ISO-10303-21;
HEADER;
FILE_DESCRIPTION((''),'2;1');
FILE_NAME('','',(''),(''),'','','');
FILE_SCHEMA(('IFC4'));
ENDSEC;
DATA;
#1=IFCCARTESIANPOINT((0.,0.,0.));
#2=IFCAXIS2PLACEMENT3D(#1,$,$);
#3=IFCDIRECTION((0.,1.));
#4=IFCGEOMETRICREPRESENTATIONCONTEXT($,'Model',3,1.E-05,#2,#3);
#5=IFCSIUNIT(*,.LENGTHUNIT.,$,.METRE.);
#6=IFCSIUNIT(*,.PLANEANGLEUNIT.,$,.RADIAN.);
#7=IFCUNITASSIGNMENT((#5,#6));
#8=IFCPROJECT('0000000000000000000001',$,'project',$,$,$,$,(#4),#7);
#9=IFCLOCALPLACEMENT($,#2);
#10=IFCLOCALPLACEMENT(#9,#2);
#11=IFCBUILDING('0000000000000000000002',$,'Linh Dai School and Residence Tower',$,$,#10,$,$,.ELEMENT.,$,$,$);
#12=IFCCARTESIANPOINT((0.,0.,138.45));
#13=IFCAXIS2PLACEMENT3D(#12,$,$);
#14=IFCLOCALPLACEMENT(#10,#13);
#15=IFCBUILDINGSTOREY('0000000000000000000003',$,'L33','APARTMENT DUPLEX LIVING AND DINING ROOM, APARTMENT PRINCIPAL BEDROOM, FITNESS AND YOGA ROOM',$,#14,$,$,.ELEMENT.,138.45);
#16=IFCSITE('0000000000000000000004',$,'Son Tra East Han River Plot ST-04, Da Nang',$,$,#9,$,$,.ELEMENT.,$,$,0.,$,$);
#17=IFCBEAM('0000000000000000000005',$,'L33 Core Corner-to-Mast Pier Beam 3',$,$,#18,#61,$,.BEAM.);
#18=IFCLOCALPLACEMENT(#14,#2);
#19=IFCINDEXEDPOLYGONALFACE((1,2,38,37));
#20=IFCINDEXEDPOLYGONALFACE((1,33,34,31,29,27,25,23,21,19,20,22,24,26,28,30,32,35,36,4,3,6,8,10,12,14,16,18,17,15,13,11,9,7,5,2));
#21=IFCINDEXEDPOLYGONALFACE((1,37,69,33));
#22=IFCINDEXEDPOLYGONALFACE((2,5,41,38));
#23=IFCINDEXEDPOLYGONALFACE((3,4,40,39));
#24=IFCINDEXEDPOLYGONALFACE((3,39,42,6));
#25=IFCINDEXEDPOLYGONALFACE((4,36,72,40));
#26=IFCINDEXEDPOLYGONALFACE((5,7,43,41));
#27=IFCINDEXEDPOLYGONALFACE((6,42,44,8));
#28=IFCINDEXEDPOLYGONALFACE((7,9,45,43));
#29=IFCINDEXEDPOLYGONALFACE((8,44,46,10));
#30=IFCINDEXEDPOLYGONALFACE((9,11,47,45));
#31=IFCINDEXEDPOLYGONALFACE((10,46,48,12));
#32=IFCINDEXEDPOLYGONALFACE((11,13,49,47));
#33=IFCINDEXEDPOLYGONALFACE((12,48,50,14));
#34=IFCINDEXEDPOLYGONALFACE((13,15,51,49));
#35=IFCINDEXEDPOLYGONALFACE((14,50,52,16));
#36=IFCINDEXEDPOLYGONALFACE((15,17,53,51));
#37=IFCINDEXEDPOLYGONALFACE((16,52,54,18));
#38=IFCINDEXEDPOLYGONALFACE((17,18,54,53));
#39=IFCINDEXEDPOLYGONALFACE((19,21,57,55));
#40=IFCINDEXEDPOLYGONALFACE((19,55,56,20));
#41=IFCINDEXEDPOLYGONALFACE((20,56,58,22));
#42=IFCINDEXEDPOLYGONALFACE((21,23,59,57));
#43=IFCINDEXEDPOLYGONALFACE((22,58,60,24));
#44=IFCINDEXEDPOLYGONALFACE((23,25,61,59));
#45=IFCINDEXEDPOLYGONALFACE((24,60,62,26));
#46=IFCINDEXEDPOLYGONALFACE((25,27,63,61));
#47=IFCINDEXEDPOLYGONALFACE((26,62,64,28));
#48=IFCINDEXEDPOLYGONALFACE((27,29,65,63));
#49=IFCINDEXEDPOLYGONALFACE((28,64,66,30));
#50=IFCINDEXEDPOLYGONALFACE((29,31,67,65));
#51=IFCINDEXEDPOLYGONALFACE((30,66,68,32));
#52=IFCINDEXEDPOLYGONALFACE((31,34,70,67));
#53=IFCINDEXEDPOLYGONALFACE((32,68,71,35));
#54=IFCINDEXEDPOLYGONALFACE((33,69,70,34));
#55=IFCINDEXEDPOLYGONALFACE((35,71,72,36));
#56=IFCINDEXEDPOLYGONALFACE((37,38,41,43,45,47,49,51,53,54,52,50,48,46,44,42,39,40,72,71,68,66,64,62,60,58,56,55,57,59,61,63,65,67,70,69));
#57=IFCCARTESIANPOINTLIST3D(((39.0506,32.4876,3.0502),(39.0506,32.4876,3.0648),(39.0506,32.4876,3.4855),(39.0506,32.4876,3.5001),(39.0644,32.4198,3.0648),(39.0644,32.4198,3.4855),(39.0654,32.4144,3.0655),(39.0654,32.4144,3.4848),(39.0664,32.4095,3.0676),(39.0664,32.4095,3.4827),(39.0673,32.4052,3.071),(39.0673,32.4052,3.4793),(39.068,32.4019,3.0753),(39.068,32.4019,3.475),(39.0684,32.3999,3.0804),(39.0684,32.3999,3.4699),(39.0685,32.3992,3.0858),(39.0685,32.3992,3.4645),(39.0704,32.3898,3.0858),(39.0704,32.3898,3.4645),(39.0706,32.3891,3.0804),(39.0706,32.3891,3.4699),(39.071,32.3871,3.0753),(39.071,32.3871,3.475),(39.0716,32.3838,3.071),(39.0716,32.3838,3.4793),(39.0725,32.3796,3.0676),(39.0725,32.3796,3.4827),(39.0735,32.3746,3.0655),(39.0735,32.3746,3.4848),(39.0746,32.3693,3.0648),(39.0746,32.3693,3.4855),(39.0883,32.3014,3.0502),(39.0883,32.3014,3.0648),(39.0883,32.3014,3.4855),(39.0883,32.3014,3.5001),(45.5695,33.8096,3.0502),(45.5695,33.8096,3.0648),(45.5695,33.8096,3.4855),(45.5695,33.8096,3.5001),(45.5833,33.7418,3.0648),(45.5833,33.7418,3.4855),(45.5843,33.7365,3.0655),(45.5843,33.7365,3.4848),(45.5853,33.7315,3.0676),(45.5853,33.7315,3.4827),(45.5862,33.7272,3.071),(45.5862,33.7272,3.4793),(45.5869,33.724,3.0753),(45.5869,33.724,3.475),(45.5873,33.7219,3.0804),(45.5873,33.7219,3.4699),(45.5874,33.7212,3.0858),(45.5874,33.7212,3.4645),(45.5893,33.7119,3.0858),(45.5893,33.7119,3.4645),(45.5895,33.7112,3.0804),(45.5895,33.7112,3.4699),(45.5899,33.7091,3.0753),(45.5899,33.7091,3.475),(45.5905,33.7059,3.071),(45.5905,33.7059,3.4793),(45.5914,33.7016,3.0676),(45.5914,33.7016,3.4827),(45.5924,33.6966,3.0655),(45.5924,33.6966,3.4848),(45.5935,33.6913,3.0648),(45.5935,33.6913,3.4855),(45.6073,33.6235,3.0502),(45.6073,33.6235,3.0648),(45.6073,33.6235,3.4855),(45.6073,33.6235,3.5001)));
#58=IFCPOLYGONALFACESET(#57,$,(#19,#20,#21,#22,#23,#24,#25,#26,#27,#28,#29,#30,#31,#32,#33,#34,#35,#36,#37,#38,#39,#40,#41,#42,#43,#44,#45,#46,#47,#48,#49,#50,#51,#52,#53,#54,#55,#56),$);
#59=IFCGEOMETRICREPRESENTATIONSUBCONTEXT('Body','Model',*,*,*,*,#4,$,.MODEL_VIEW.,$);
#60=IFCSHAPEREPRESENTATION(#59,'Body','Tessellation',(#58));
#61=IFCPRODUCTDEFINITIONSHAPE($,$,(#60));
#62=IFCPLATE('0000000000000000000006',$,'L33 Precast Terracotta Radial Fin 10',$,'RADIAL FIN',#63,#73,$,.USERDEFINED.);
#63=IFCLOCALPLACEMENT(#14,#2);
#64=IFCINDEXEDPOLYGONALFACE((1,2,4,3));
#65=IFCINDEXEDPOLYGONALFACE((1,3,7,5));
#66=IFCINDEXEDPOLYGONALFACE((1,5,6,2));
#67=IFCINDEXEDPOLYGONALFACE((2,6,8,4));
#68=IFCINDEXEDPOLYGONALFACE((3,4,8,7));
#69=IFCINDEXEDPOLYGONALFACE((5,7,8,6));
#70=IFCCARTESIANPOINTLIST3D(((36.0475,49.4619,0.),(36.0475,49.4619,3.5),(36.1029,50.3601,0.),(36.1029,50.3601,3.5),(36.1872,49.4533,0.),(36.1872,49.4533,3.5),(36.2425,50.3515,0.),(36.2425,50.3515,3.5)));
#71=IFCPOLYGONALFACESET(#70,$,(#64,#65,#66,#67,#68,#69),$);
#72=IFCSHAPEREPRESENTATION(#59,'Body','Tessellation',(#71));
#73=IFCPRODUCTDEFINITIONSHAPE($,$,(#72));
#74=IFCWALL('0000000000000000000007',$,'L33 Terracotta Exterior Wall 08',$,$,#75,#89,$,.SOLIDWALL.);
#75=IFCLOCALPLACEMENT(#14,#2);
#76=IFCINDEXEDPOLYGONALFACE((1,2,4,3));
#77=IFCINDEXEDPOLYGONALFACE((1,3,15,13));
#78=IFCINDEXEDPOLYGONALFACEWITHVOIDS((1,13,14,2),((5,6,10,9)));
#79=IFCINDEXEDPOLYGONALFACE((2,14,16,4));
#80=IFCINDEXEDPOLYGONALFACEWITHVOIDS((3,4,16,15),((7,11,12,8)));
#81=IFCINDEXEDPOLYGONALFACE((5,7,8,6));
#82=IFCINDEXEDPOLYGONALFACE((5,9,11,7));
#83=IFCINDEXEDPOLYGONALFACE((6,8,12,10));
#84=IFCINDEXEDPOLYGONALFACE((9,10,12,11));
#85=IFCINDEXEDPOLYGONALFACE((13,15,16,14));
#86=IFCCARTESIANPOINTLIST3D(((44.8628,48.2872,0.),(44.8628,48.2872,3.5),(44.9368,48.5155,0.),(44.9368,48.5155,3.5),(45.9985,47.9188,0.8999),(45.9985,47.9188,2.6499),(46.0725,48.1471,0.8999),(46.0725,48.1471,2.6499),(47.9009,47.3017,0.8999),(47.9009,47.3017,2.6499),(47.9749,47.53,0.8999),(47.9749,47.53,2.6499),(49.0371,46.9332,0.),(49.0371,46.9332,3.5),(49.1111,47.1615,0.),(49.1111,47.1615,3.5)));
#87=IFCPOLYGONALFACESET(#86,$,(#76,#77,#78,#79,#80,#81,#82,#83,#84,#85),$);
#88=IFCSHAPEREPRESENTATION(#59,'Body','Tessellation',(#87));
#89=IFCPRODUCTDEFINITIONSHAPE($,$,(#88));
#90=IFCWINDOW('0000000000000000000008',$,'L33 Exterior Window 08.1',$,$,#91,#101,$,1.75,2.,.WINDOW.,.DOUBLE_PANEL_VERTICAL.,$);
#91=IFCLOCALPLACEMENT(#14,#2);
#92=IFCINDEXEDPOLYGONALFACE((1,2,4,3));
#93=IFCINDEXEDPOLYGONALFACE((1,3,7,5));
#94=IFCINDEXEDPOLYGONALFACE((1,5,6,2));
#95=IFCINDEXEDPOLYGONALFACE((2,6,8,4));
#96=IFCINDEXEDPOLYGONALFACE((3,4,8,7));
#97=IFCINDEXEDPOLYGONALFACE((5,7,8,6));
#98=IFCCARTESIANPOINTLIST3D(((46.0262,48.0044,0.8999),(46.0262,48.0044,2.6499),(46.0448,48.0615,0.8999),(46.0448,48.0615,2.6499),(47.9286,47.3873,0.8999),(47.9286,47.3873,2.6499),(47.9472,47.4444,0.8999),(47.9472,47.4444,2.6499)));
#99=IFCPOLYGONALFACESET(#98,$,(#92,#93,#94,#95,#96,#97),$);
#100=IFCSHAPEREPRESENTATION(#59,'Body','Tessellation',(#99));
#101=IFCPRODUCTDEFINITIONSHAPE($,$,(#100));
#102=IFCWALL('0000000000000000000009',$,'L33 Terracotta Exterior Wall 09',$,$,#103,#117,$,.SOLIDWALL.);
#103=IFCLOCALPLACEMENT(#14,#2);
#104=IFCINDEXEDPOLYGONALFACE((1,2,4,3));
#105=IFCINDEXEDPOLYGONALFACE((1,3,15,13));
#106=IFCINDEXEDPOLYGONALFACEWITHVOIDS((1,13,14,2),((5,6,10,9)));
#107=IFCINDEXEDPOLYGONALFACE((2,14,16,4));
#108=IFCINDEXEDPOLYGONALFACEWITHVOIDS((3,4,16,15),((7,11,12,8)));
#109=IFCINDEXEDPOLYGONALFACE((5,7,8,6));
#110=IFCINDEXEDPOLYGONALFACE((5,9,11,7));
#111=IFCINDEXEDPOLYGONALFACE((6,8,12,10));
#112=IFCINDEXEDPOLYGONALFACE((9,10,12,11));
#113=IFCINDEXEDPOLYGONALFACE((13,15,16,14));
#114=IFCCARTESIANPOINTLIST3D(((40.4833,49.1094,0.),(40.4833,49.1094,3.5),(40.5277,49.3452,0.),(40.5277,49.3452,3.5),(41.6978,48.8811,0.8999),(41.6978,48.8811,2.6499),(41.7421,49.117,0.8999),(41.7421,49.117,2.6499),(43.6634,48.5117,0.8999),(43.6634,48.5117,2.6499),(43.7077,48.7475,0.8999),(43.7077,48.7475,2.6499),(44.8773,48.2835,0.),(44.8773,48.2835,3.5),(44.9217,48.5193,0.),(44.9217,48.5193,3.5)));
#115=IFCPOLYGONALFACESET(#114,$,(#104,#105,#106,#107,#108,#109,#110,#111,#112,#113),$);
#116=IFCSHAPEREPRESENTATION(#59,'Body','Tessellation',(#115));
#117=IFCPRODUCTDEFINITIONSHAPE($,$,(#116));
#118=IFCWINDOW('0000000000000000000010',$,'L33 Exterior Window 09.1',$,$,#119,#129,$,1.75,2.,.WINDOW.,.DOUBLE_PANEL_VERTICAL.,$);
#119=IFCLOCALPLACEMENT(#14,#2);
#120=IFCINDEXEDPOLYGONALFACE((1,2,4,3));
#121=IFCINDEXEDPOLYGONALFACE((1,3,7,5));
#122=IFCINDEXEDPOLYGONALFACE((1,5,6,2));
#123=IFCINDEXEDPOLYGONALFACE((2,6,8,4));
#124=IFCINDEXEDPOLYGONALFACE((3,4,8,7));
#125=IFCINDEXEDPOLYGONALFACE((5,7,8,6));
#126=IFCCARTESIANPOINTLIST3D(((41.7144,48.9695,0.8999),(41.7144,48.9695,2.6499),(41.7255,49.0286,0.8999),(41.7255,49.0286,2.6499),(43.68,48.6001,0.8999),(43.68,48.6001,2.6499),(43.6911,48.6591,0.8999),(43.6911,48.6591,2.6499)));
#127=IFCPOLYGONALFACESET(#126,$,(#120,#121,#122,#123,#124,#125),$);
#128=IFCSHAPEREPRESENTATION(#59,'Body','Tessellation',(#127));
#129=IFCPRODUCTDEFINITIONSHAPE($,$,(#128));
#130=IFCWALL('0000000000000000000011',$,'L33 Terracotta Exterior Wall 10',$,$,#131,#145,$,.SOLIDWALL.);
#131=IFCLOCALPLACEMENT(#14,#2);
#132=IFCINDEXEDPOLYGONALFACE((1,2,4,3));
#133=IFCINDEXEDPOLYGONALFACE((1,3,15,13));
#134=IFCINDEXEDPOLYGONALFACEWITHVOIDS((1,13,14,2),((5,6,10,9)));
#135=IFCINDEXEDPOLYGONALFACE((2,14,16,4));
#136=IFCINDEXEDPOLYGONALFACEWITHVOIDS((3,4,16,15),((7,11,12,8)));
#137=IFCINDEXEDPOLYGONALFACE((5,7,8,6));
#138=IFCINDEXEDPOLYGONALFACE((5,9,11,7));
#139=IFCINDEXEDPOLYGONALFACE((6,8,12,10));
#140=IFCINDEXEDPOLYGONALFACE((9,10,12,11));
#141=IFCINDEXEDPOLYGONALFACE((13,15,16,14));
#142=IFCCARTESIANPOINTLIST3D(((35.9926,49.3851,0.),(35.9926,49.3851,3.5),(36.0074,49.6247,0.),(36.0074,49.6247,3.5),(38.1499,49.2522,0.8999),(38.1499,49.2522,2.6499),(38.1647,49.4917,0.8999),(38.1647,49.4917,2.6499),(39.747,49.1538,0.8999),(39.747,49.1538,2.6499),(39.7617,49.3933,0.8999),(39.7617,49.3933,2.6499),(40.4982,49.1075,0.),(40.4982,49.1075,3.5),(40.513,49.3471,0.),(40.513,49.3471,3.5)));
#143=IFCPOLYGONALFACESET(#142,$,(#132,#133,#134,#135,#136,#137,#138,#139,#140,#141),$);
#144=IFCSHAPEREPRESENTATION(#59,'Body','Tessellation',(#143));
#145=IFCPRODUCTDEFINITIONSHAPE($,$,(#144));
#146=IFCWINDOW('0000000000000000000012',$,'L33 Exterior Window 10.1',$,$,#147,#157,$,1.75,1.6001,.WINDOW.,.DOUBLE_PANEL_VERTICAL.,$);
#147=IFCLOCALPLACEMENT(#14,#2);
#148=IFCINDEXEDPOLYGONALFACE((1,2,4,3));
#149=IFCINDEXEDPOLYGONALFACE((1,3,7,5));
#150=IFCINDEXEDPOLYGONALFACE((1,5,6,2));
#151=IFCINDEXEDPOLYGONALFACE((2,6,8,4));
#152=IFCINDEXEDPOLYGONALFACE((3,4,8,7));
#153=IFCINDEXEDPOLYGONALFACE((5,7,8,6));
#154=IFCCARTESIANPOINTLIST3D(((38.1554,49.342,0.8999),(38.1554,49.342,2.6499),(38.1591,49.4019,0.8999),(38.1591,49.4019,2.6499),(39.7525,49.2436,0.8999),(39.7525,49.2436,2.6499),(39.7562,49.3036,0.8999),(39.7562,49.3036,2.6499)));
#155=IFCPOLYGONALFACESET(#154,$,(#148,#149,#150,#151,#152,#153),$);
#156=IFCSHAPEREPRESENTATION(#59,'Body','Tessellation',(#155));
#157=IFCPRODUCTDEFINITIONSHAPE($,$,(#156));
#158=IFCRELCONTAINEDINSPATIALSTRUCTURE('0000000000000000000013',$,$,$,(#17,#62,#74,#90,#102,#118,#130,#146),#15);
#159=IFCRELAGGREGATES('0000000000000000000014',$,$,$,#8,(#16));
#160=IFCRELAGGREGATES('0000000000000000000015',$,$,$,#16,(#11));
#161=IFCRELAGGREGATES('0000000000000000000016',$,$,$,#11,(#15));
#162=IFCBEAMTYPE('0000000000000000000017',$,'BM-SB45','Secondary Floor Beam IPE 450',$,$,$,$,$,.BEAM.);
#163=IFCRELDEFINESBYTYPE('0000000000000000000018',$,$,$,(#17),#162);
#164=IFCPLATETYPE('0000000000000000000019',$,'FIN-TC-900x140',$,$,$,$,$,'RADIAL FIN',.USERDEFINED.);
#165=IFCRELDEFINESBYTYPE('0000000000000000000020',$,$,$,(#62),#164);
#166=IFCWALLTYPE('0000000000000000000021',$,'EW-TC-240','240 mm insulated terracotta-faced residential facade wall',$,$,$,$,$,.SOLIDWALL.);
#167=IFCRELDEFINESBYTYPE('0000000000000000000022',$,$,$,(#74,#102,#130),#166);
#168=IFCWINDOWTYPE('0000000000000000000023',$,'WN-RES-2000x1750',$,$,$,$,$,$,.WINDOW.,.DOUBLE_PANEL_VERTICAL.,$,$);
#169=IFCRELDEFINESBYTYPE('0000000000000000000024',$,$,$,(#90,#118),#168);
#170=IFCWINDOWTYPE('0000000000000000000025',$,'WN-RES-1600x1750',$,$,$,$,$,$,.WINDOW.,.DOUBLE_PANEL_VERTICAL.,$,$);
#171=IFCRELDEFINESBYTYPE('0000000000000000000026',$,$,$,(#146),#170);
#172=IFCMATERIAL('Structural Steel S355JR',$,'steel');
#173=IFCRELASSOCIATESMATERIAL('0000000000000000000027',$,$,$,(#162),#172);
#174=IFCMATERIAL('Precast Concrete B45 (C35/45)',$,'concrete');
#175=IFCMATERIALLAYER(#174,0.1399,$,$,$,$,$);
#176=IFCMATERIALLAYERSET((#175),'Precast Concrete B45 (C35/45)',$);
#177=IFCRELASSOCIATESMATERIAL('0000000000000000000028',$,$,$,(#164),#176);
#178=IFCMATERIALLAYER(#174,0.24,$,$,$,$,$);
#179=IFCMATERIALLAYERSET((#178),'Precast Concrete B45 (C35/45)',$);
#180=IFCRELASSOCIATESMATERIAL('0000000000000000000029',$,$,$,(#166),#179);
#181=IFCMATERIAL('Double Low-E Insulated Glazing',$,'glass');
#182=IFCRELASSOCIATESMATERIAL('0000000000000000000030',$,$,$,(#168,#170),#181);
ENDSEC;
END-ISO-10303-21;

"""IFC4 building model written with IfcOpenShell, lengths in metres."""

from ifc_helpers import new_model, si_unit, direction, frame, frame_2d, origin, origin_2d, place, context, subcontext, project, spatial, rectangle, i_section, extrude, source, transform, mapped, material, layer, layer_set, material_profile, profile_set, type_object, element, fill, save


model = new_model("IFC4")

# Units and contexts
model_context = context("Model", 3, precision=1e-05, world=origin(), true_north=direction((0.0, 1.0)))
body_context = subcontext(model_context, "Body", "Model", "MODEL_VIEW")
ifc_project = project(units=[si_unit("LENGTHUNIT", "METRE"), si_unit("PLANEANGLEUNIT", "RADIAN")], contexts=[model_context])

# Site, building, storey
site_placement = place(None, origin())
site = spatial("IfcSite", under=ifc_project, at=site_placement, Name="Son Tra East Han River Plot ST-04, Da Nang", CompositionType="ELEMENT", RefElevation=0.0)
building_placement = place(site_placement, origin())
building = spatial("IfcBuilding", under=site, at=building_placement, Name="Linh Dai School and Residence Tower", CompositionType="ELEMENT")
storey_placement = place(building_placement, frame((0.0, 0.0, 138.45)))
storey = spatial("IfcBuildingStorey", under=building, at=storey_placement, Name="L33", Description="APARTMENT DUPLEX LIVING AND DINING ROOM, APARTMENT PRINCIPAL BEDROOM, FITNESS AND YOGA ROOM", CompositionType="ELEMENT", Elevation=138.45)

# Beam
ifc_material_1 = material(Name="Structural Steel S355JR", Category="steel")
ifc_material_profile_1 = material_profile(ifc_material_1, i_section(OverallWidth=0.1899, OverallDepth=0.45, WebThickness=0.0095, FlangeThickness=0.0146, FilletRadius=0.021, at=origin_2d()), Name="IPE 450")
ifc_profile_set_1 = profile_set([ifc_material_profile_1], Name="Structural Steel S355JR")
beam_type_1 = type_object("IfcBeamType", Name="BM-SB45", Description="Secondary Floor Beam IPE 450", PredefinedType="BEAM", material=ifc_profile_set_1)
beam_1_placement = place(storey_placement, frame((45.5884, 33.7166, 3.2751), z_axis=(-0.980049, -0.198755, 0.0), x_axis=(0.198755, -0.980049, 0.0)))
element("IfcBeam", 1, at=beam_1_placement, inside=storey, type_object=beam_type_1, Name="L33 Core Corner-to-Mast Pier Beam 3", PredefinedType="BEAM", context=body_context, shape_type="SweptSolid", body=[
    extrude(i_section(OverallWidth=0.1899, OverallDepth=0.45, WebThickness=0.0095, FlangeThickness=0.0146, FilletRadius=0.021, at=origin_2d()), origin(), (0.0, 0.0, 1.0), 6.6516),
])

# Plate
ifc_material_2 = material(Name="Precast Concrete B45 (C35/45)", Category="concrete")
ifc_layer_1 = layer(ifc_material_2, 0.1399)
ifc_layer_set_1 = layer_set([ifc_layer_1], Name="Precast Concrete B45 (C35/45)")
plate_type = type_object("IfcPlateType", Name="FIN-TC-900x140", ElementType="RADIAL FIN", PredefinedType="USERDEFINED", material=ifc_layer_set_1)
shared_shape_1 = source(origin(), body_context, "Body", "SweptSolid", [
    extrude(rectangle(XDim=0.8999, YDim=0.1399, at=origin_2d()), origin(), (0.0, 0.0, 1.0), 3.5),
])
plate_placement = place(storey_placement, frame((36.145, 49.9067, 0.0), z_axis=(0.0, 0.0, 1.0), x_axis=(0.061509, 0.998107, 0.0)))
element("IfcPlate", 2, at=plate_placement, inside=storey, type_object=plate_type, Name="L33 Precast Terracotta Radial Fin 10", ObjectType="RADIAL FIN", PredefinedType="USERDEFINED", context=body_context, shape_type="MappedRepresentation", body=[
    mapped(shared_shape_1, transform((0.0, 0.0, 0.0), x_axis=(1.0, 0.0, 0.0), y_axis=(0.0, 1.0, 0.0), z_axis=(0.0, 0.0, 1.0), scale=1.0)),
])

# Walls, openings, windows
ifc_layer_2 = layer(ifc_material_2, 0.24)
ifc_layer_set_2 = layer_set([ifc_layer_2], Name="Precast Concrete B45 (C35/45)")
wall_type_1 = type_object("IfcWallType", Name="EW-TC-240", Description="240 mm insulated terracotta-faced residential facade wall", PredefinedType="SOLIDWALL", material=ifc_layer_set_2)
wall_1_placement = place(storey_placement, frame((44.8997, 48.4014, 0.0), z_axis=(0.0, 0.0, 1.0), x_axis=(0.951211, -0.30854, 0.0)))
wall_1 = element("IfcWall", 3, at=wall_1_placement, inside=storey, type_object=wall_type_1, Name="L33 Terracotta Exterior Wall 08", PredefinedType="SOLIDWALL", context=body_context, shape_type="SweptSolid", body=[
    extrude(rectangle(XDim=4.3884, YDim=0.24, at=frame_2d((2.1943, 0.0))), origin(), (0.0, 0.0, 1.0), 3.5),
])
opening_1_placement = place(wall_1_placement, frame((1.1941, 0.0, 0.8999)))
opening_1 = element("IfcOpeningElement", 4, at=opening_1_placement, cuts=wall_1, PredefinedType="OPENING", context=body_context, shape_type="SweptSolid", body=[
    extrude(rectangle(XDim=2.0, YDim=1.75, at=origin_2d()), frame((1.0, 0.1299, 0.875), z_axis=(0.0, -1.0, 0.0), x_axis=(1.0, 0.0, 0.0)), (0.0, 0.0, 1.0), 0.26),
])
ifc_material_3 = material(Name="Double Low-E Insulated Glazing", Category="glass")
window_type_1 = type_object("IfcWindowType", Name="WN-RES-2000x1750", PartitioningType="DOUBLE_PANEL_VERTICAL", PredefinedType="WINDOW", material=ifc_material_3)
shared_shape_2 = source(origin(), body_context, "Body", "SweptSolid", [
    extrude(rectangle(XDim=2.0, YDim=1.75, at=origin_2d()), frame((1.0, 0.03, 0.875), z_axis=(0.0, -1.0, 0.0), x_axis=(1.0, 0.0, 0.0)), (0.0, 0.0, 1.0), 0.0601),
])
window_1_placement = place(opening_1_placement, origin())
window_1 = element("IfcWindow", 5, at=window_1_placement, inside=storey, type_object=window_type_1, Name="L33 Exterior Window 08.1", OverallHeight=1.75, OverallWidth=2.0, PartitioningType="DOUBLE_PANEL_VERTICAL", PredefinedType="WINDOW", context=body_context, shape_type="MappedRepresentation", body=[
    mapped(shared_shape_2, transform((0.0, 0.0, 0.0), x_axis=(1.0, 0.0, 0.0), y_axis=(0.0, 1.0, 0.0), z_axis=(0.0, 0.0, 1.0), scale=1.0)),
])
fill(opening_1, window_1)
wall_2_placement = place(storey_placement, frame((40.5056, 49.2273, 0.0), z_axis=(0.0, 0.0, 1.0), x_axis=(0.982789, -0.18473, 0.0)))
wall_2 = element("IfcWall", 6, at=wall_2_placement, inside=storey, type_object=wall_type_1, Name="L33 Terracotta Exterior Wall 09", PredefinedType="SOLIDWALL", context=body_context, shape_type="SweptSolid", body=[
    extrude(rectangle(XDim=4.4709, YDim=0.24, at=frame_2d((2.2354, 0.0))), origin(), (0.0, 0.0, 1.0), 3.5),
])
opening_2_placement = place(wall_2_placement, frame((1.2356, 0.0, 0.8999)))
opening_2 = element("IfcOpeningElement", 7, at=opening_2_placement, cuts=wall_2, PredefinedType="OPENING", context=body_context, shape_type="SweptSolid", body=[
    extrude(rectangle(XDim=2.0, YDim=1.75, at=origin_2d()), frame((1.0, 0.1299, 0.875), z_axis=(0.0, -1.0, 0.0), x_axis=(1.0, 0.0, 0.0)), (0.0, 0.0, 1.0), 0.26),
])
window_2_placement = place(opening_2_placement, origin())
window_2 = element("IfcWindow", 8, at=window_2_placement, inside=storey, type_object=window_type_1, Name="L33 Exterior Window 09.1", OverallHeight=1.75, OverallWidth=2.0, PartitioningType="DOUBLE_PANEL_VERTICAL", PredefinedType="WINDOW", context=body_context, shape_type="MappedRepresentation", body=[
    mapped(shared_shape_2, transform((0.0, 0.0, 0.0), x_axis=(1.0, 0.0, 0.0), y_axis=(0.0, 1.0, 0.0), z_axis=(0.0, 0.0, 1.0), scale=1.0)),
])
fill(opening_2, window_2)
wall_3_placement = place(storey_placement, frame((36.0, 49.5049, 0.0), z_axis=(0.0, 0.0, 1.0), x_axis=(0.998108, -0.061493, 0.0)))
wall_3 = element("IfcWall", 9, at=wall_3_placement, inside=storey, type_object=wall_type_1, Name="L33 Terracotta Exterior Wall 10", PredefinedType="SOLIDWALL", context=body_context, shape_type="SweptSolid", body=[
    extrude(rectangle(XDim=4.5142, YDim=0.24, at=frame_2d((2.2571, 0.0))), origin(), (0.0, 0.0, 1.0), 3.5),
])
opening_3_placement = place(wall_3_placement, frame((2.1614, 0.0, 0.8999)))
opening_3 = element("IfcOpeningElement", 10, at=opening_3_placement, cuts=wall_3, PredefinedType="OPENING", context=body_context, shape_type="SweptSolid", body=[
    extrude(rectangle(XDim=1.6001, YDim=1.75, at=origin_2d()), frame((0.8, 0.1299, 0.875), z_axis=(0.0, -1.0, 0.0), x_axis=(1.0, 0.0, 0.0)), (0.0, 0.0, 1.0), 0.26),
])
window_type_2 = type_object("IfcWindowType", Name="WN-RES-1600x1750", PartitioningType="DOUBLE_PANEL_VERTICAL", PredefinedType="WINDOW", material=ifc_material_3)
shared_shape_3 = source(origin(), body_context, "Body", "SweptSolid", [
    extrude(rectangle(XDim=1.6001, YDim=1.75, at=origin_2d()), frame((0.8, 0.03, 0.875), z_axis=(0.0, -1.0, 0.0), x_axis=(1.0, 0.0, 0.0)), (0.0, 0.0, 1.0), 0.0601),
])
window_3_placement = place(opening_3_placement, origin())
window_3 = element("IfcWindow", 11, at=window_3_placement, inside=storey, type_object=window_type_2, Name="L33 Exterior Window 10.1", OverallHeight=1.75, OverallWidth=1.6001, PartitioningType="DOUBLE_PANEL_VERTICAL", PredefinedType="WINDOW", context=body_context, shape_type="MappedRepresentation", body=[
    mapped(shared_shape_3, transform((0.0, 0.0, 0.0), x_axis=(1.0, 0.0, 0.0), y_axis=(0.0, 1.0, 0.0), z_axis=(0.0, 0.0, 1.0), scale=1.0)),
])
fill(opening_3, window_3)

save(model, "model.ifc")
